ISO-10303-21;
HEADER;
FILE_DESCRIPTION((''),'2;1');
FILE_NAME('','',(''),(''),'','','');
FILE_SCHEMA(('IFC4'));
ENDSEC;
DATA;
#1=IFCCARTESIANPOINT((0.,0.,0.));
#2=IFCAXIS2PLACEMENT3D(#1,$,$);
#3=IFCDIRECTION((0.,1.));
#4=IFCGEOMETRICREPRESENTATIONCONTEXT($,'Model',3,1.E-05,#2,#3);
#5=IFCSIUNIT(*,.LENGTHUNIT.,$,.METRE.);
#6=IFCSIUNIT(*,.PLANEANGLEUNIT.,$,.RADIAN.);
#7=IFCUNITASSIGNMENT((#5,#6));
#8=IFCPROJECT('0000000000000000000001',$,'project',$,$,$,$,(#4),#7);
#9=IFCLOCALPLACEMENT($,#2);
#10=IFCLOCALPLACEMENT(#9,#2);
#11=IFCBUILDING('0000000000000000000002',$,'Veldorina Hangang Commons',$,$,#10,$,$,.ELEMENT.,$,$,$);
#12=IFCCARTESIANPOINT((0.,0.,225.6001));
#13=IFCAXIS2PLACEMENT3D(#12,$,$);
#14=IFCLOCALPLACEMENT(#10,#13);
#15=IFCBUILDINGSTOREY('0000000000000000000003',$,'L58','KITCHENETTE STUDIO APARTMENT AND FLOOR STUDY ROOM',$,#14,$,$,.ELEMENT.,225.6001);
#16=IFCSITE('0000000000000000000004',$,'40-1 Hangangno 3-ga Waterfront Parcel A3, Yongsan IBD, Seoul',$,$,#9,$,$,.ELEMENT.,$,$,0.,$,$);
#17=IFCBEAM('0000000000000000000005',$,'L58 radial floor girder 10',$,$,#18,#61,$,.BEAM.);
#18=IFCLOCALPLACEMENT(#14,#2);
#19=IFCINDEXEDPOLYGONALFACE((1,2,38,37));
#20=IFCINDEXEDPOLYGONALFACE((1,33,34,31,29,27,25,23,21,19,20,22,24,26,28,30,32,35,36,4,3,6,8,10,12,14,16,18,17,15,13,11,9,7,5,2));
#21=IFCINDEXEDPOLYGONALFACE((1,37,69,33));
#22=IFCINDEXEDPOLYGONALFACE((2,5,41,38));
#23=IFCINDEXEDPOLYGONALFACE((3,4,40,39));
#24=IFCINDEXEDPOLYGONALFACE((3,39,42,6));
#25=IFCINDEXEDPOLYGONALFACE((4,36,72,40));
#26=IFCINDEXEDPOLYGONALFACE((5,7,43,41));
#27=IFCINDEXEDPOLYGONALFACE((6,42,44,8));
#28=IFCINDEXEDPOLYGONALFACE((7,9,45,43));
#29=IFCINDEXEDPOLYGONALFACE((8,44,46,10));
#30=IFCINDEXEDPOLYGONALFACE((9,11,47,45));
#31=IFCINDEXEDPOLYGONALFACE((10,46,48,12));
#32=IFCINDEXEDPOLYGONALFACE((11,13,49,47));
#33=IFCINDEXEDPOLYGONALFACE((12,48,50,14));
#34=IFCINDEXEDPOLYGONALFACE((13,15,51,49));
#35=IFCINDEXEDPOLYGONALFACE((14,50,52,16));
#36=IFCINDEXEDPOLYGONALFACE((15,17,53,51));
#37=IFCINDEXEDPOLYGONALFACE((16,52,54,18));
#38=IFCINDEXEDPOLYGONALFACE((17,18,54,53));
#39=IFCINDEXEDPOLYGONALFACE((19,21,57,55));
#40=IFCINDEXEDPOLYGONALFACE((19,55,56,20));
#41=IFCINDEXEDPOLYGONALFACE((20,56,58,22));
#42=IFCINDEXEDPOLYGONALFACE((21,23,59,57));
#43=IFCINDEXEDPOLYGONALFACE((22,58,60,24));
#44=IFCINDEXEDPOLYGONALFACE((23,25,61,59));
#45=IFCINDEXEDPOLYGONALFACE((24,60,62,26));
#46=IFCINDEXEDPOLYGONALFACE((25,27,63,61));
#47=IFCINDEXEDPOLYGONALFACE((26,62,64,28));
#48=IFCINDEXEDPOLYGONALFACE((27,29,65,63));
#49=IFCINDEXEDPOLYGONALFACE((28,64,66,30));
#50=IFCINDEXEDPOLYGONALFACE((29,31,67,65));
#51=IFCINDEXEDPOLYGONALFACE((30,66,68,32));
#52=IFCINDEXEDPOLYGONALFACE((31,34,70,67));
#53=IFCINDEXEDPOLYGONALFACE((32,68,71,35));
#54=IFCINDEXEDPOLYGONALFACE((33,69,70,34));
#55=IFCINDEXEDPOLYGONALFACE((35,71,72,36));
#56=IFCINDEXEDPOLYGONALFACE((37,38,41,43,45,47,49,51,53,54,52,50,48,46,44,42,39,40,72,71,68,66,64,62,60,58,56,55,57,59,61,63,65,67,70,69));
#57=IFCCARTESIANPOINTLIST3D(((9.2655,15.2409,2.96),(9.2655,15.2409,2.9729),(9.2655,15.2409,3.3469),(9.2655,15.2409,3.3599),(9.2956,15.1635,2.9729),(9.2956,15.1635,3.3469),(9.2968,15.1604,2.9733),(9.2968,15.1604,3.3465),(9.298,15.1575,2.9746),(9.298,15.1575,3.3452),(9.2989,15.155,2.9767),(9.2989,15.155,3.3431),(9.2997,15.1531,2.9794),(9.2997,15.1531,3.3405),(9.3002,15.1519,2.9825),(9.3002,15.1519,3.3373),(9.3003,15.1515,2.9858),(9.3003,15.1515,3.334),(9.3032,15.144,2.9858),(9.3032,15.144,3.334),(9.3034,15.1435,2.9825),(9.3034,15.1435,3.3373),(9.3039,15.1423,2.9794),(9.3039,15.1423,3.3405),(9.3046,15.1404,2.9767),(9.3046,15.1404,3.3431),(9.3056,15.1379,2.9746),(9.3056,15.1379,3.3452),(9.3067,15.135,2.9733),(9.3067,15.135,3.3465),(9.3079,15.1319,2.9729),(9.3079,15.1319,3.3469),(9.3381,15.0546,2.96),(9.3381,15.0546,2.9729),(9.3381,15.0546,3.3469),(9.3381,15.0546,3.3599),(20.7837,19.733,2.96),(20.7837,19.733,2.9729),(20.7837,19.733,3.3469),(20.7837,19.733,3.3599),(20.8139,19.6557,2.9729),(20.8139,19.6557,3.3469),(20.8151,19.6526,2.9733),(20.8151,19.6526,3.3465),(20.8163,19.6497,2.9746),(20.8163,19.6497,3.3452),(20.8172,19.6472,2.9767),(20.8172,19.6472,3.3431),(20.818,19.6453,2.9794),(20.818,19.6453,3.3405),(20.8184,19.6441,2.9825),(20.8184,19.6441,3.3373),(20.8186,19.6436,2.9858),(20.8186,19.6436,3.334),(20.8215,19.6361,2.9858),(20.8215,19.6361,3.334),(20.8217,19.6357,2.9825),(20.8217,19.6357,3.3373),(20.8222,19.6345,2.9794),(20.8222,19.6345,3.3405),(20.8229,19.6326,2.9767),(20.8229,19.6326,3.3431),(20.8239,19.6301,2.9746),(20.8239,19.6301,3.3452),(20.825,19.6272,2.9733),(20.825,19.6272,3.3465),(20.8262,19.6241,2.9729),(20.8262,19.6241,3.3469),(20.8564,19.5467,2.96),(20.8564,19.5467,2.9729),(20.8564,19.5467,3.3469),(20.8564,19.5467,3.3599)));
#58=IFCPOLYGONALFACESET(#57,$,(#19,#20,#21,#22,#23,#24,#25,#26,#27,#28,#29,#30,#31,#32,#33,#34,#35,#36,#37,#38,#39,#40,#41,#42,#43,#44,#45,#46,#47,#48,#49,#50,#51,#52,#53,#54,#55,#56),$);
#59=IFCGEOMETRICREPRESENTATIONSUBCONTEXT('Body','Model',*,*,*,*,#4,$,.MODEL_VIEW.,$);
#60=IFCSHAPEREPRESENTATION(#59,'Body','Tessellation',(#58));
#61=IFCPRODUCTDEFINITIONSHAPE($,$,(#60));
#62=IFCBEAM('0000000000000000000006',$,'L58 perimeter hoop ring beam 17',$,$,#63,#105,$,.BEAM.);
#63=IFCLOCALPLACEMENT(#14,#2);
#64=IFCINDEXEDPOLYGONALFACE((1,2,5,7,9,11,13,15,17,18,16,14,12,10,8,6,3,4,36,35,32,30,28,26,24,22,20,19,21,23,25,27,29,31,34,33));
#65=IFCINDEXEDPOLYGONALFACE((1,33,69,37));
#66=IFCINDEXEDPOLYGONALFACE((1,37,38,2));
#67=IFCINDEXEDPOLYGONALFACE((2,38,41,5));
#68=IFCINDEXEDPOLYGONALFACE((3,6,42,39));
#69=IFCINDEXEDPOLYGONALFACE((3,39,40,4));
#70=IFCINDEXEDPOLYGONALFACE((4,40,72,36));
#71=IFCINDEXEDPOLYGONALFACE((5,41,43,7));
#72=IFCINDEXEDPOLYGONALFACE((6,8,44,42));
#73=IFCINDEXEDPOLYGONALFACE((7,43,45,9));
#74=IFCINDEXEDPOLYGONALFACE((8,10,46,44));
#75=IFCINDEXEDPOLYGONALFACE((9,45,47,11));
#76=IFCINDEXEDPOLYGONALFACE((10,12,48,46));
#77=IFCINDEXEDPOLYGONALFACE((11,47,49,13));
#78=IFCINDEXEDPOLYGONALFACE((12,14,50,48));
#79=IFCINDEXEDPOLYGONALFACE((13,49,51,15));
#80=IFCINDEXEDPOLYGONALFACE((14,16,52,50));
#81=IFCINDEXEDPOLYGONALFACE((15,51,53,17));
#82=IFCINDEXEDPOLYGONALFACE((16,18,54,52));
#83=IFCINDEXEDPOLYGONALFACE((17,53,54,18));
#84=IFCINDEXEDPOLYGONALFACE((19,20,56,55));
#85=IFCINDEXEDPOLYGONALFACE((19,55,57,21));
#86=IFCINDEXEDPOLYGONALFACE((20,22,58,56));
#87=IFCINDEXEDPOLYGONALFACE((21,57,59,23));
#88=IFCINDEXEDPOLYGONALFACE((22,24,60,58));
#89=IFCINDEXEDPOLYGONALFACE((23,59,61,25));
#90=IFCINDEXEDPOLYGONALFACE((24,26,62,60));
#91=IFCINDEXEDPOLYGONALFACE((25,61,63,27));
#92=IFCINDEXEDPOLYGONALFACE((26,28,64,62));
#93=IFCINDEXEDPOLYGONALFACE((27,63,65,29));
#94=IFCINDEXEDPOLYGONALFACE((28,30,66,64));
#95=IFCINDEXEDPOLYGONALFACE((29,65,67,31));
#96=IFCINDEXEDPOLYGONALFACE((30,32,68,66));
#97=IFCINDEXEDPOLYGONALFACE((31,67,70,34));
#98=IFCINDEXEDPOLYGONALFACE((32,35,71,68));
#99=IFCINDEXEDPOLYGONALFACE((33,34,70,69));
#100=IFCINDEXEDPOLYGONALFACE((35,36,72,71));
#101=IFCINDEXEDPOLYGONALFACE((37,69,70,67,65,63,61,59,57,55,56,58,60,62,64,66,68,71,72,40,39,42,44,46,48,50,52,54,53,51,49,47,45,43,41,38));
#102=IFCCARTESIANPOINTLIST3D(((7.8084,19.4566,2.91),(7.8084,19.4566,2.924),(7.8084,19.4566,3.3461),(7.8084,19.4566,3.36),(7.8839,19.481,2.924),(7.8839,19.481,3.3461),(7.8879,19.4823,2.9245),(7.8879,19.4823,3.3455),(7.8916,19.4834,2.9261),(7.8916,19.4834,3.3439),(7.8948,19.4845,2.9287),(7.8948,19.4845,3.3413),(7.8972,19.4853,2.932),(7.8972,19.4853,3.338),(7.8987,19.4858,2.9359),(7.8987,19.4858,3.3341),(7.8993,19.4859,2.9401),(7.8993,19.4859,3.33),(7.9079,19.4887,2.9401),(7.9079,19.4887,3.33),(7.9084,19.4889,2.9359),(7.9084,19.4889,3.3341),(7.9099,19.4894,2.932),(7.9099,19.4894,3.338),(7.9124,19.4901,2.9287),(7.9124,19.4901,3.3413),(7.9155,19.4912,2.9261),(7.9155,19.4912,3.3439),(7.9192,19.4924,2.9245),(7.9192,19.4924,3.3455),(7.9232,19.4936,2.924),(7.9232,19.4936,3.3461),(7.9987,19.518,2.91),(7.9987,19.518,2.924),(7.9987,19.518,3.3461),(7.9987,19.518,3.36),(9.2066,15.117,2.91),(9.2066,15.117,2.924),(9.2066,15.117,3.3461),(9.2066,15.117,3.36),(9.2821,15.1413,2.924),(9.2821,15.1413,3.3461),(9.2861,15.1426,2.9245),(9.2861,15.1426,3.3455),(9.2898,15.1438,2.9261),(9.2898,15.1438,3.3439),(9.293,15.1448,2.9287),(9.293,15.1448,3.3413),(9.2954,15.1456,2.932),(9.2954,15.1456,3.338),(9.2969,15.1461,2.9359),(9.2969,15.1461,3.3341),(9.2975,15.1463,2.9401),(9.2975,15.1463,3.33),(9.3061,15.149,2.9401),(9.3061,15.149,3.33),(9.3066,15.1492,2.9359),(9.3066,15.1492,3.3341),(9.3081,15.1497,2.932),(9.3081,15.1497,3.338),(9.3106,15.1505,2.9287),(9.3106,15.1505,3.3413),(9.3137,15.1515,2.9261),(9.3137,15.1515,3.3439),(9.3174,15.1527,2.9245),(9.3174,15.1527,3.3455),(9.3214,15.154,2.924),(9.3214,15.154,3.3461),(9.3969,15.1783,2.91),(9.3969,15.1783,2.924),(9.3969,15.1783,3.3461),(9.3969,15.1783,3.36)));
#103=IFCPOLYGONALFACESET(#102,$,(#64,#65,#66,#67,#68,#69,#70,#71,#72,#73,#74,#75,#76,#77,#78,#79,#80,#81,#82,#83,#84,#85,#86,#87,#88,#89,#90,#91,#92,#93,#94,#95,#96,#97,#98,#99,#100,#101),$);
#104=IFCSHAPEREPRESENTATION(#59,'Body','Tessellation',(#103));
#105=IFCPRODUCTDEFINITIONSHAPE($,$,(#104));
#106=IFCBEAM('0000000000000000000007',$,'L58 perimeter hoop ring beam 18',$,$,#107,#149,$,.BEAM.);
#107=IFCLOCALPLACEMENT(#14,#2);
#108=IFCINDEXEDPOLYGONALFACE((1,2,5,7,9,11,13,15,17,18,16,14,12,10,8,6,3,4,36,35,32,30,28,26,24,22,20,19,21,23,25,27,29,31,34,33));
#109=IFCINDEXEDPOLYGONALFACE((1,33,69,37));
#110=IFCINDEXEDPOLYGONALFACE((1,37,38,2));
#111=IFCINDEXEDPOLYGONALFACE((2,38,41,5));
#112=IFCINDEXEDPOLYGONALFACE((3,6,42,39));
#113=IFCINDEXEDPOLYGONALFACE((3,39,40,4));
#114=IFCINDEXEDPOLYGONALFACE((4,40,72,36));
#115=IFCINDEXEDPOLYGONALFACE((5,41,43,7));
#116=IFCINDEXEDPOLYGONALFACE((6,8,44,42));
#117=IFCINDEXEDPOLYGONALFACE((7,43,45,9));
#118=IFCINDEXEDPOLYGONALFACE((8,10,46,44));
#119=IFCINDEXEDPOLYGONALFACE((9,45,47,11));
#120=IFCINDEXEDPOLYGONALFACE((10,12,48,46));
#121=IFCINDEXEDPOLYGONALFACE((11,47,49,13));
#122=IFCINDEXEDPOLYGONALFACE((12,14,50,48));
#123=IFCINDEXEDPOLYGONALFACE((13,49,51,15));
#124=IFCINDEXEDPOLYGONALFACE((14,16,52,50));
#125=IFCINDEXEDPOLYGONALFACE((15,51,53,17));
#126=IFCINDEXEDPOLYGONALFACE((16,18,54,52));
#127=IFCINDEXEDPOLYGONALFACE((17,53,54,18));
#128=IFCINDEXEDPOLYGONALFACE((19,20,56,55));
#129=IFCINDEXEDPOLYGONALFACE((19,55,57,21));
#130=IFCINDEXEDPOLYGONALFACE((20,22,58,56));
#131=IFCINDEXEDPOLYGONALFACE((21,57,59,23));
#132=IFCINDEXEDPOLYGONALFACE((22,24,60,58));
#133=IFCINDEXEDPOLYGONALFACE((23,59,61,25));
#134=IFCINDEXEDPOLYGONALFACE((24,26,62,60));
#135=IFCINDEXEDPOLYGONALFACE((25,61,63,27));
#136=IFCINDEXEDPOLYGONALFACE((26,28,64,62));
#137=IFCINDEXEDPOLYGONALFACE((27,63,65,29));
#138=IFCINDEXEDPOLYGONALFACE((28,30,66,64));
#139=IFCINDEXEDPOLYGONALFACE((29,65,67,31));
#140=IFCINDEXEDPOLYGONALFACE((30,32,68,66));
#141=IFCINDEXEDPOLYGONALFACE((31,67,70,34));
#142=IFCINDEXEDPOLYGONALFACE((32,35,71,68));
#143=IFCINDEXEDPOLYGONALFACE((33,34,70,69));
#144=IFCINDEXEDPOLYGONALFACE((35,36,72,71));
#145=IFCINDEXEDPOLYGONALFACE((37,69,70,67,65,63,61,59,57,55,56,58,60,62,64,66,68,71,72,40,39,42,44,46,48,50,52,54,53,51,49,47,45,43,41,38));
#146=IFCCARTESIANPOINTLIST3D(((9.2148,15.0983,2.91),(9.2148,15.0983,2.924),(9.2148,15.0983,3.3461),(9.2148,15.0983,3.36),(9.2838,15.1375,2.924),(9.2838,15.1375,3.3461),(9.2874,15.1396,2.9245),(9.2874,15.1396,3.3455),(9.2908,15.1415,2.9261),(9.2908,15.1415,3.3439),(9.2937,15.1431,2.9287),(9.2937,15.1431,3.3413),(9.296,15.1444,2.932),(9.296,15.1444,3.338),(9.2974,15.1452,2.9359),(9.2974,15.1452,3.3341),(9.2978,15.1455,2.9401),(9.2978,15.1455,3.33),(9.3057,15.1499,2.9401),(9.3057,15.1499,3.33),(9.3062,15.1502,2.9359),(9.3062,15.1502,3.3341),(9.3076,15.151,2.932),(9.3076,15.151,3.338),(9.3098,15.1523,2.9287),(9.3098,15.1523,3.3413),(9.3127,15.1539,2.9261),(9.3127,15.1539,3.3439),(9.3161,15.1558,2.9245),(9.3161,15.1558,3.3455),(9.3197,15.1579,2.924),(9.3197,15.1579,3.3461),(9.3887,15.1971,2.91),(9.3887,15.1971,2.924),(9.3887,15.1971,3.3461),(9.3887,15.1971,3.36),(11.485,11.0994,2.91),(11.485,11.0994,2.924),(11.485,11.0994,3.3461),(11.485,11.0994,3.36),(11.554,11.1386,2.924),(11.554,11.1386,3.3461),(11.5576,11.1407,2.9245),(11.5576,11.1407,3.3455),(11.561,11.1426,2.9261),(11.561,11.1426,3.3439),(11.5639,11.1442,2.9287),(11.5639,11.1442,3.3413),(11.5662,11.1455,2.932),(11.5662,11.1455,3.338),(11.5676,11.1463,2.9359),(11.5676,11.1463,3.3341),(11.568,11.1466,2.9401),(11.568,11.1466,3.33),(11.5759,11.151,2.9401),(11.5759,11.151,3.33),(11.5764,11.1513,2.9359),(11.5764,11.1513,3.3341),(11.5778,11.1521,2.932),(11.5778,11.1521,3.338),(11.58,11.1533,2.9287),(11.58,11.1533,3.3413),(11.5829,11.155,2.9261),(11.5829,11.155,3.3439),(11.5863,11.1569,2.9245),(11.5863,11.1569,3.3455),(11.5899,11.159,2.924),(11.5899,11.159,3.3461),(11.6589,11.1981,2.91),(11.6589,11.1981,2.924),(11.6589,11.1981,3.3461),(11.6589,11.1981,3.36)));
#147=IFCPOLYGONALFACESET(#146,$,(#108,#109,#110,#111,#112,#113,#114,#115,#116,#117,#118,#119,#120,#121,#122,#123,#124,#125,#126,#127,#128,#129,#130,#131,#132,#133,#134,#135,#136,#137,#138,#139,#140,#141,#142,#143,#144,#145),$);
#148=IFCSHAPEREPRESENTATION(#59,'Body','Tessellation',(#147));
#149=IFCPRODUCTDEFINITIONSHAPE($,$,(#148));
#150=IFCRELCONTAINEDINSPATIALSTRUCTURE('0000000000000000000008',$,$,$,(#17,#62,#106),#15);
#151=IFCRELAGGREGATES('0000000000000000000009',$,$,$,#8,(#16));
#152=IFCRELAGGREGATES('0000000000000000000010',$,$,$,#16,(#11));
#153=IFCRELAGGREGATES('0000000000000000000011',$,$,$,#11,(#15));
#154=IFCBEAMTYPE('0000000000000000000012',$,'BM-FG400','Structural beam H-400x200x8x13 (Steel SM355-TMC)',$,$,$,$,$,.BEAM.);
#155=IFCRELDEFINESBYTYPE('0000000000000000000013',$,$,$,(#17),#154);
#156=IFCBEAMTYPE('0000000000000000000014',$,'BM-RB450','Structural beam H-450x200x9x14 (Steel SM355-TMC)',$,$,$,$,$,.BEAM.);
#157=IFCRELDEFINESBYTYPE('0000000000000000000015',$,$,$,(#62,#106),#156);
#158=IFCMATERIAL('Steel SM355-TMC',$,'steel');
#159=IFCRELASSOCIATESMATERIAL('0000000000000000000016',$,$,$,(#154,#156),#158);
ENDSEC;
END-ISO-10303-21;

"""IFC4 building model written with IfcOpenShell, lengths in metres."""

from ifc_helpers import new_model, si_unit, direction, frame, origin, origin_2d, place, context, subcontext, project, spatial, i_section, extrude, material, material_profile, profile_set, type_object, element, save


model = new_model("IFC4")

# Units and contexts
model_context = context("Model", 3, precision=1e-05, world=origin(), true_north=direction((0.0, 1.0)))
body_context = subcontext(model_context, "Body", "Model", "MODEL_VIEW")
ifc_project = project(units=[si_unit("LENGTHUNIT", "METRE"), si_unit("PLANEANGLEUNIT", "RADIAN")], contexts=[model_context])

# Site, building, storey
site_placement = place(None, origin())
site = spatial("IfcSite", under=ifc_project, at=site_placement, Name="40-1 Hangangno 3-ga Waterfront Parcel A3, Yongsan IBD, Seoul", CompositionType="ELEMENT", RefElevation=0.0)
building_placement = place(site_placement, origin())
building = spatial("IfcBuilding", under=site, at=building_placement, Name="Veldorina Hangang Commons", CompositionType="ELEMENT")
storey_placement = place(building_placement, frame((0.0, 0.0, 225.6001)))
storey = spatial("IfcBuildingStorey", under=building, at=storey_placement, Name="L58", Description="KITCHENETTE STUDIO APARTMENT AND FLOOR STUDY ROOM", CompositionType="ELEMENT", Elevation=225.6001)

# Beams
ifc_material_1 = material(Name="Steel SM355-TMC", Category="steel")
ifc_material_profile_1 = material_profile(ifc_material_1, i_section(OverallWidth=0.2, OverallDepth=0.3999, WebThickness=0.0081, FlangeThickness=0.0129, FilletRadius=0.0129, at=origin_2d()), Name="H-400x200x8x13")
ifc_profile_set_1 = profile_set([ifc_material_profile_1], Name="Steel SM355-TMC")
beam_type_1 = type_object("IfcBeamType", Name="BM-FG400", Description="Structural beam H-400x200x8x13 (Steel SM355-TMC)", PredefinedType="BEAM", material=ifc_profile_set_1)
beam_1_placement = place(storey_placement, frame((20.8201, 19.6399, 3.1599), z_axis=(-0.931653, -0.363349, 0.0), x_axis=(0.363349, -0.931653, 0.0)))
element("IfcBeam", 1, at=beam_1_placement, inside=storey, type_object=beam_type_1, Name="L58 radial floor girder 10", PredefinedType="BEAM", context=body_context, shape_type="SweptSolid", body=[
    extrude(i_section(OverallWidth=0.2, OverallDepth=0.3999, WebThickness=0.0081, FlangeThickness=0.0129, FilletRadius=0.0129, at=origin_2d()), origin(), (0.0, 0.0, 1.0), 12.3633),
])
ifc_material_profile_2 = material_profile(ifc_material_1, i_section(OverallWidth=0.2, OverallDepth=0.45, WebThickness=0.009, FlangeThickness=0.0139, FilletRadius=0.0161, at=origin_2d()), Name="H-450x200x9x14")
ifc_profile_set_2 = profile_set([ifc_material_profile_2], Name="Steel SM355-TMC")
beam_type_2 = type_object("IfcBeamType", Name="BM-RB450", Description="Structural beam H-450x200x9x14 (Steel SM355-TMC)", PredefinedType="BEAM", material=ifc_profile_set_2)
beam_2_placement = place(storey_placement, frame((7.9036, 19.4873, 3.135), z_axis=(0.30667, -0.951816, 0.0), x_axis=(0.951816, 0.30667, 0.0)))
element("IfcBeam", 2, at=beam_2_placement, inside=storey, type_object=beam_type_2, Name="L58 perimeter hoop ring beam 17", PredefinedType="BEAM", context=body_context, shape_type="SweptSolid", body=[
    extrude(i_section(OverallWidth=0.2, OverallDepth=0.45, WebThickness=0.009, FlangeThickness=0.0139, FilletRadius=0.0161, at=origin_2d()), origin(), (0.0, 0.0, 1.0), 4.5593),
])
beam_3_placement = place(storey_placement, frame((9.3018, 15.1477, 3.135), z_axis=(0.493696, -0.869635, 0.0), x_axis=(0.869635, 0.493696, 0.0)))
element("IfcBeam", 3, at=beam_3_placement, inside=storey, type_object=beam_type_2, Name="L58 perimeter hoop ring beam 18", PredefinedType="BEAM", context=body_context, shape_type="SweptSolid", body=[
    extrude(i_section(OverallWidth=0.2, OverallDepth=0.45, WebThickness=0.009, FlangeThickness=0.0139, FilletRadius=0.0161, at=origin_2d()), origin(), (0.0, 0.0, 1.0), 4.5984),
])

save(model, "model.ifc")
